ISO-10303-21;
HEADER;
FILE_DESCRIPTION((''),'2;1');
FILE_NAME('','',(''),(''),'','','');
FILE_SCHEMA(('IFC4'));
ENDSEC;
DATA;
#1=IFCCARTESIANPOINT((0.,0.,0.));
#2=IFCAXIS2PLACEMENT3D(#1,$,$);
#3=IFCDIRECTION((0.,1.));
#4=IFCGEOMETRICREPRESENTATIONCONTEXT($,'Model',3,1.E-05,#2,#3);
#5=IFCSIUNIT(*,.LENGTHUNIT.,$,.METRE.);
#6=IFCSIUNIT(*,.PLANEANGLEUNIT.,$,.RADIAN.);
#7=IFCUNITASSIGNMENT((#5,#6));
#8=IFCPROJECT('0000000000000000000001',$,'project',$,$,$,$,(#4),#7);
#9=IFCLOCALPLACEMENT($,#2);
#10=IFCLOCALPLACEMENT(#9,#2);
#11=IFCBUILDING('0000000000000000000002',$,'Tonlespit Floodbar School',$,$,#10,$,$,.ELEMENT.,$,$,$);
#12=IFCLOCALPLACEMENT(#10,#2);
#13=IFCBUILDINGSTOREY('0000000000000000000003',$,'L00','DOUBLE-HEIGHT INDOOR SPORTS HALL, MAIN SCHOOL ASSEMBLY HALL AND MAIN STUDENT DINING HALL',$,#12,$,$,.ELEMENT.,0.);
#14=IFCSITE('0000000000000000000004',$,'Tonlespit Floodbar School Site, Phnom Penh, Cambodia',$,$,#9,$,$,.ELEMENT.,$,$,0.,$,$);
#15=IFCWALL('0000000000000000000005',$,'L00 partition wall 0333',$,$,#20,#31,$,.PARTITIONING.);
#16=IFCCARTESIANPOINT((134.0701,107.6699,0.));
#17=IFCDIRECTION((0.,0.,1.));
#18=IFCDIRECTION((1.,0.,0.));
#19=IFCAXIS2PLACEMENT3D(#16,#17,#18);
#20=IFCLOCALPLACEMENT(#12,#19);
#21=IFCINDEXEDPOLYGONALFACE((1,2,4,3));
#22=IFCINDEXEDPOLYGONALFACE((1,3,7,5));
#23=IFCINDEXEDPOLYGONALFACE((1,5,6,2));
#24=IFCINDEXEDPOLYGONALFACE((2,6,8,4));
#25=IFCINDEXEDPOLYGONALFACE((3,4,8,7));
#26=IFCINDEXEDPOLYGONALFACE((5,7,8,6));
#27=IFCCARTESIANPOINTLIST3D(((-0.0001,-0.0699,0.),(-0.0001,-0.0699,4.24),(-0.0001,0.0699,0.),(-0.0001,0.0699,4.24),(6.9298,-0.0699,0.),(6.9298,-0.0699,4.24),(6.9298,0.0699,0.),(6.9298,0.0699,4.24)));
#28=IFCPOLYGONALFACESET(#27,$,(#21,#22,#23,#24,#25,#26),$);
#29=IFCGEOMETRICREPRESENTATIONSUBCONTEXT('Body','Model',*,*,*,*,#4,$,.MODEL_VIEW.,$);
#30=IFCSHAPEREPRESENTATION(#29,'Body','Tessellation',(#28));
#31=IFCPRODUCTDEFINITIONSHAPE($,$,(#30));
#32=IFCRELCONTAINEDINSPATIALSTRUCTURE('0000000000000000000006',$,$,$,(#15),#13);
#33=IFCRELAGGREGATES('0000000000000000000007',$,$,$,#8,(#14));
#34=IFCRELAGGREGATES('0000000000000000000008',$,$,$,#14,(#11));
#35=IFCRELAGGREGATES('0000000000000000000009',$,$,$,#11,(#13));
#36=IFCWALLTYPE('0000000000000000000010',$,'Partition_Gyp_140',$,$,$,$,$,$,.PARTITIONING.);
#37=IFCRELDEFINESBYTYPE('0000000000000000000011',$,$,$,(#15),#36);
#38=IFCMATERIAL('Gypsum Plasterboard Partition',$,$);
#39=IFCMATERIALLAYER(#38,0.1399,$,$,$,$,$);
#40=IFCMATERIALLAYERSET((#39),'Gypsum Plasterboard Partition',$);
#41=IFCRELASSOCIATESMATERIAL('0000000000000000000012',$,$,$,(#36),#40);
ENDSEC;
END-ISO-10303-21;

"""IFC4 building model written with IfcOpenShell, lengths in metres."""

from ifc_helpers import new_model, si_unit, direction, frame, frame_2d, origin, place, context, subcontext, project, spatial, rectangle, extrude, material, layer, layer_set, type_object, element, save


model = new_model("IFC4")

# Units and contexts
model_context = context("Model", 3, precision=1e-05, world=origin(), true_north=direction((0.0, 1.0)))
body_context = subcontext(model_context, "Body", "Model", "MODEL_VIEW")
ifc_project = project(units=[si_unit("LENGTHUNIT", "METRE"), si_unit("PLANEANGLEUNIT", "RADIAN")], contexts=[model_context])

# Site, building, storey
site_placement = place(None, origin())
site = spatial("IfcSite", under=ifc_project, at=site_placement, Name="Tonlespit Floodbar School Site, Phnom Penh, Cambodia", CompositionType="ELEMENT", RefElevation=0.0)
building_placement = place(site_placement, origin())
building = spatial("IfcBuilding", under=site, at=building_placement, Name="Tonlespit Floodbar School", CompositionType="ELEMENT")
storey_placement = place(building_placement, origin())
storey = spatial("IfcBuildingStorey", under=building, at=storey_placement, Name="L00", Description="DOUBLE-HEIGHT INDOOR SPORTS HALL, MAIN SCHOOL ASSEMBLY HALL AND MAIN STUDENT DINING HALL", CompositionType="ELEMENT", Elevation=0.0)

# Shared definitions
ifc_material_1 = material(Name="Gypsum Plasterboard Partition")

# Wall
ifc_layer_1 = layer(ifc_material_1, 0.1399)
ifc_layer_set_1 = layer_set([ifc_layer_1], Name="Gypsum Plasterboard Partition")
wall_type_1 = type_object("IfcWallType", Name="Partition_Gyp_140", PredefinedType="PARTITIONING", material=ifc_layer_set_1)
wall_1_placement = place(storey_placement, frame((134.0701, 107.6699, 0.0), z_axis=(0.0, 0.0, 1.0), x_axis=(1.0, 0.0, 0.0)))
element("IfcWall", 1, at=wall_1_placement, inside=storey, type_object=wall_type_1, Name="L00 partition wall 0333", PredefinedType="PARTITIONING", context=body_context, shape_type="SweptSolid", body=[
    extrude(rectangle(XDim=6.9299, YDim=0.1399, at=frame_2d((3.4648, 0.0))), origin(), (0.0, 0.0, 1.0), 4.24),
])

save(model, "model.ifc")
